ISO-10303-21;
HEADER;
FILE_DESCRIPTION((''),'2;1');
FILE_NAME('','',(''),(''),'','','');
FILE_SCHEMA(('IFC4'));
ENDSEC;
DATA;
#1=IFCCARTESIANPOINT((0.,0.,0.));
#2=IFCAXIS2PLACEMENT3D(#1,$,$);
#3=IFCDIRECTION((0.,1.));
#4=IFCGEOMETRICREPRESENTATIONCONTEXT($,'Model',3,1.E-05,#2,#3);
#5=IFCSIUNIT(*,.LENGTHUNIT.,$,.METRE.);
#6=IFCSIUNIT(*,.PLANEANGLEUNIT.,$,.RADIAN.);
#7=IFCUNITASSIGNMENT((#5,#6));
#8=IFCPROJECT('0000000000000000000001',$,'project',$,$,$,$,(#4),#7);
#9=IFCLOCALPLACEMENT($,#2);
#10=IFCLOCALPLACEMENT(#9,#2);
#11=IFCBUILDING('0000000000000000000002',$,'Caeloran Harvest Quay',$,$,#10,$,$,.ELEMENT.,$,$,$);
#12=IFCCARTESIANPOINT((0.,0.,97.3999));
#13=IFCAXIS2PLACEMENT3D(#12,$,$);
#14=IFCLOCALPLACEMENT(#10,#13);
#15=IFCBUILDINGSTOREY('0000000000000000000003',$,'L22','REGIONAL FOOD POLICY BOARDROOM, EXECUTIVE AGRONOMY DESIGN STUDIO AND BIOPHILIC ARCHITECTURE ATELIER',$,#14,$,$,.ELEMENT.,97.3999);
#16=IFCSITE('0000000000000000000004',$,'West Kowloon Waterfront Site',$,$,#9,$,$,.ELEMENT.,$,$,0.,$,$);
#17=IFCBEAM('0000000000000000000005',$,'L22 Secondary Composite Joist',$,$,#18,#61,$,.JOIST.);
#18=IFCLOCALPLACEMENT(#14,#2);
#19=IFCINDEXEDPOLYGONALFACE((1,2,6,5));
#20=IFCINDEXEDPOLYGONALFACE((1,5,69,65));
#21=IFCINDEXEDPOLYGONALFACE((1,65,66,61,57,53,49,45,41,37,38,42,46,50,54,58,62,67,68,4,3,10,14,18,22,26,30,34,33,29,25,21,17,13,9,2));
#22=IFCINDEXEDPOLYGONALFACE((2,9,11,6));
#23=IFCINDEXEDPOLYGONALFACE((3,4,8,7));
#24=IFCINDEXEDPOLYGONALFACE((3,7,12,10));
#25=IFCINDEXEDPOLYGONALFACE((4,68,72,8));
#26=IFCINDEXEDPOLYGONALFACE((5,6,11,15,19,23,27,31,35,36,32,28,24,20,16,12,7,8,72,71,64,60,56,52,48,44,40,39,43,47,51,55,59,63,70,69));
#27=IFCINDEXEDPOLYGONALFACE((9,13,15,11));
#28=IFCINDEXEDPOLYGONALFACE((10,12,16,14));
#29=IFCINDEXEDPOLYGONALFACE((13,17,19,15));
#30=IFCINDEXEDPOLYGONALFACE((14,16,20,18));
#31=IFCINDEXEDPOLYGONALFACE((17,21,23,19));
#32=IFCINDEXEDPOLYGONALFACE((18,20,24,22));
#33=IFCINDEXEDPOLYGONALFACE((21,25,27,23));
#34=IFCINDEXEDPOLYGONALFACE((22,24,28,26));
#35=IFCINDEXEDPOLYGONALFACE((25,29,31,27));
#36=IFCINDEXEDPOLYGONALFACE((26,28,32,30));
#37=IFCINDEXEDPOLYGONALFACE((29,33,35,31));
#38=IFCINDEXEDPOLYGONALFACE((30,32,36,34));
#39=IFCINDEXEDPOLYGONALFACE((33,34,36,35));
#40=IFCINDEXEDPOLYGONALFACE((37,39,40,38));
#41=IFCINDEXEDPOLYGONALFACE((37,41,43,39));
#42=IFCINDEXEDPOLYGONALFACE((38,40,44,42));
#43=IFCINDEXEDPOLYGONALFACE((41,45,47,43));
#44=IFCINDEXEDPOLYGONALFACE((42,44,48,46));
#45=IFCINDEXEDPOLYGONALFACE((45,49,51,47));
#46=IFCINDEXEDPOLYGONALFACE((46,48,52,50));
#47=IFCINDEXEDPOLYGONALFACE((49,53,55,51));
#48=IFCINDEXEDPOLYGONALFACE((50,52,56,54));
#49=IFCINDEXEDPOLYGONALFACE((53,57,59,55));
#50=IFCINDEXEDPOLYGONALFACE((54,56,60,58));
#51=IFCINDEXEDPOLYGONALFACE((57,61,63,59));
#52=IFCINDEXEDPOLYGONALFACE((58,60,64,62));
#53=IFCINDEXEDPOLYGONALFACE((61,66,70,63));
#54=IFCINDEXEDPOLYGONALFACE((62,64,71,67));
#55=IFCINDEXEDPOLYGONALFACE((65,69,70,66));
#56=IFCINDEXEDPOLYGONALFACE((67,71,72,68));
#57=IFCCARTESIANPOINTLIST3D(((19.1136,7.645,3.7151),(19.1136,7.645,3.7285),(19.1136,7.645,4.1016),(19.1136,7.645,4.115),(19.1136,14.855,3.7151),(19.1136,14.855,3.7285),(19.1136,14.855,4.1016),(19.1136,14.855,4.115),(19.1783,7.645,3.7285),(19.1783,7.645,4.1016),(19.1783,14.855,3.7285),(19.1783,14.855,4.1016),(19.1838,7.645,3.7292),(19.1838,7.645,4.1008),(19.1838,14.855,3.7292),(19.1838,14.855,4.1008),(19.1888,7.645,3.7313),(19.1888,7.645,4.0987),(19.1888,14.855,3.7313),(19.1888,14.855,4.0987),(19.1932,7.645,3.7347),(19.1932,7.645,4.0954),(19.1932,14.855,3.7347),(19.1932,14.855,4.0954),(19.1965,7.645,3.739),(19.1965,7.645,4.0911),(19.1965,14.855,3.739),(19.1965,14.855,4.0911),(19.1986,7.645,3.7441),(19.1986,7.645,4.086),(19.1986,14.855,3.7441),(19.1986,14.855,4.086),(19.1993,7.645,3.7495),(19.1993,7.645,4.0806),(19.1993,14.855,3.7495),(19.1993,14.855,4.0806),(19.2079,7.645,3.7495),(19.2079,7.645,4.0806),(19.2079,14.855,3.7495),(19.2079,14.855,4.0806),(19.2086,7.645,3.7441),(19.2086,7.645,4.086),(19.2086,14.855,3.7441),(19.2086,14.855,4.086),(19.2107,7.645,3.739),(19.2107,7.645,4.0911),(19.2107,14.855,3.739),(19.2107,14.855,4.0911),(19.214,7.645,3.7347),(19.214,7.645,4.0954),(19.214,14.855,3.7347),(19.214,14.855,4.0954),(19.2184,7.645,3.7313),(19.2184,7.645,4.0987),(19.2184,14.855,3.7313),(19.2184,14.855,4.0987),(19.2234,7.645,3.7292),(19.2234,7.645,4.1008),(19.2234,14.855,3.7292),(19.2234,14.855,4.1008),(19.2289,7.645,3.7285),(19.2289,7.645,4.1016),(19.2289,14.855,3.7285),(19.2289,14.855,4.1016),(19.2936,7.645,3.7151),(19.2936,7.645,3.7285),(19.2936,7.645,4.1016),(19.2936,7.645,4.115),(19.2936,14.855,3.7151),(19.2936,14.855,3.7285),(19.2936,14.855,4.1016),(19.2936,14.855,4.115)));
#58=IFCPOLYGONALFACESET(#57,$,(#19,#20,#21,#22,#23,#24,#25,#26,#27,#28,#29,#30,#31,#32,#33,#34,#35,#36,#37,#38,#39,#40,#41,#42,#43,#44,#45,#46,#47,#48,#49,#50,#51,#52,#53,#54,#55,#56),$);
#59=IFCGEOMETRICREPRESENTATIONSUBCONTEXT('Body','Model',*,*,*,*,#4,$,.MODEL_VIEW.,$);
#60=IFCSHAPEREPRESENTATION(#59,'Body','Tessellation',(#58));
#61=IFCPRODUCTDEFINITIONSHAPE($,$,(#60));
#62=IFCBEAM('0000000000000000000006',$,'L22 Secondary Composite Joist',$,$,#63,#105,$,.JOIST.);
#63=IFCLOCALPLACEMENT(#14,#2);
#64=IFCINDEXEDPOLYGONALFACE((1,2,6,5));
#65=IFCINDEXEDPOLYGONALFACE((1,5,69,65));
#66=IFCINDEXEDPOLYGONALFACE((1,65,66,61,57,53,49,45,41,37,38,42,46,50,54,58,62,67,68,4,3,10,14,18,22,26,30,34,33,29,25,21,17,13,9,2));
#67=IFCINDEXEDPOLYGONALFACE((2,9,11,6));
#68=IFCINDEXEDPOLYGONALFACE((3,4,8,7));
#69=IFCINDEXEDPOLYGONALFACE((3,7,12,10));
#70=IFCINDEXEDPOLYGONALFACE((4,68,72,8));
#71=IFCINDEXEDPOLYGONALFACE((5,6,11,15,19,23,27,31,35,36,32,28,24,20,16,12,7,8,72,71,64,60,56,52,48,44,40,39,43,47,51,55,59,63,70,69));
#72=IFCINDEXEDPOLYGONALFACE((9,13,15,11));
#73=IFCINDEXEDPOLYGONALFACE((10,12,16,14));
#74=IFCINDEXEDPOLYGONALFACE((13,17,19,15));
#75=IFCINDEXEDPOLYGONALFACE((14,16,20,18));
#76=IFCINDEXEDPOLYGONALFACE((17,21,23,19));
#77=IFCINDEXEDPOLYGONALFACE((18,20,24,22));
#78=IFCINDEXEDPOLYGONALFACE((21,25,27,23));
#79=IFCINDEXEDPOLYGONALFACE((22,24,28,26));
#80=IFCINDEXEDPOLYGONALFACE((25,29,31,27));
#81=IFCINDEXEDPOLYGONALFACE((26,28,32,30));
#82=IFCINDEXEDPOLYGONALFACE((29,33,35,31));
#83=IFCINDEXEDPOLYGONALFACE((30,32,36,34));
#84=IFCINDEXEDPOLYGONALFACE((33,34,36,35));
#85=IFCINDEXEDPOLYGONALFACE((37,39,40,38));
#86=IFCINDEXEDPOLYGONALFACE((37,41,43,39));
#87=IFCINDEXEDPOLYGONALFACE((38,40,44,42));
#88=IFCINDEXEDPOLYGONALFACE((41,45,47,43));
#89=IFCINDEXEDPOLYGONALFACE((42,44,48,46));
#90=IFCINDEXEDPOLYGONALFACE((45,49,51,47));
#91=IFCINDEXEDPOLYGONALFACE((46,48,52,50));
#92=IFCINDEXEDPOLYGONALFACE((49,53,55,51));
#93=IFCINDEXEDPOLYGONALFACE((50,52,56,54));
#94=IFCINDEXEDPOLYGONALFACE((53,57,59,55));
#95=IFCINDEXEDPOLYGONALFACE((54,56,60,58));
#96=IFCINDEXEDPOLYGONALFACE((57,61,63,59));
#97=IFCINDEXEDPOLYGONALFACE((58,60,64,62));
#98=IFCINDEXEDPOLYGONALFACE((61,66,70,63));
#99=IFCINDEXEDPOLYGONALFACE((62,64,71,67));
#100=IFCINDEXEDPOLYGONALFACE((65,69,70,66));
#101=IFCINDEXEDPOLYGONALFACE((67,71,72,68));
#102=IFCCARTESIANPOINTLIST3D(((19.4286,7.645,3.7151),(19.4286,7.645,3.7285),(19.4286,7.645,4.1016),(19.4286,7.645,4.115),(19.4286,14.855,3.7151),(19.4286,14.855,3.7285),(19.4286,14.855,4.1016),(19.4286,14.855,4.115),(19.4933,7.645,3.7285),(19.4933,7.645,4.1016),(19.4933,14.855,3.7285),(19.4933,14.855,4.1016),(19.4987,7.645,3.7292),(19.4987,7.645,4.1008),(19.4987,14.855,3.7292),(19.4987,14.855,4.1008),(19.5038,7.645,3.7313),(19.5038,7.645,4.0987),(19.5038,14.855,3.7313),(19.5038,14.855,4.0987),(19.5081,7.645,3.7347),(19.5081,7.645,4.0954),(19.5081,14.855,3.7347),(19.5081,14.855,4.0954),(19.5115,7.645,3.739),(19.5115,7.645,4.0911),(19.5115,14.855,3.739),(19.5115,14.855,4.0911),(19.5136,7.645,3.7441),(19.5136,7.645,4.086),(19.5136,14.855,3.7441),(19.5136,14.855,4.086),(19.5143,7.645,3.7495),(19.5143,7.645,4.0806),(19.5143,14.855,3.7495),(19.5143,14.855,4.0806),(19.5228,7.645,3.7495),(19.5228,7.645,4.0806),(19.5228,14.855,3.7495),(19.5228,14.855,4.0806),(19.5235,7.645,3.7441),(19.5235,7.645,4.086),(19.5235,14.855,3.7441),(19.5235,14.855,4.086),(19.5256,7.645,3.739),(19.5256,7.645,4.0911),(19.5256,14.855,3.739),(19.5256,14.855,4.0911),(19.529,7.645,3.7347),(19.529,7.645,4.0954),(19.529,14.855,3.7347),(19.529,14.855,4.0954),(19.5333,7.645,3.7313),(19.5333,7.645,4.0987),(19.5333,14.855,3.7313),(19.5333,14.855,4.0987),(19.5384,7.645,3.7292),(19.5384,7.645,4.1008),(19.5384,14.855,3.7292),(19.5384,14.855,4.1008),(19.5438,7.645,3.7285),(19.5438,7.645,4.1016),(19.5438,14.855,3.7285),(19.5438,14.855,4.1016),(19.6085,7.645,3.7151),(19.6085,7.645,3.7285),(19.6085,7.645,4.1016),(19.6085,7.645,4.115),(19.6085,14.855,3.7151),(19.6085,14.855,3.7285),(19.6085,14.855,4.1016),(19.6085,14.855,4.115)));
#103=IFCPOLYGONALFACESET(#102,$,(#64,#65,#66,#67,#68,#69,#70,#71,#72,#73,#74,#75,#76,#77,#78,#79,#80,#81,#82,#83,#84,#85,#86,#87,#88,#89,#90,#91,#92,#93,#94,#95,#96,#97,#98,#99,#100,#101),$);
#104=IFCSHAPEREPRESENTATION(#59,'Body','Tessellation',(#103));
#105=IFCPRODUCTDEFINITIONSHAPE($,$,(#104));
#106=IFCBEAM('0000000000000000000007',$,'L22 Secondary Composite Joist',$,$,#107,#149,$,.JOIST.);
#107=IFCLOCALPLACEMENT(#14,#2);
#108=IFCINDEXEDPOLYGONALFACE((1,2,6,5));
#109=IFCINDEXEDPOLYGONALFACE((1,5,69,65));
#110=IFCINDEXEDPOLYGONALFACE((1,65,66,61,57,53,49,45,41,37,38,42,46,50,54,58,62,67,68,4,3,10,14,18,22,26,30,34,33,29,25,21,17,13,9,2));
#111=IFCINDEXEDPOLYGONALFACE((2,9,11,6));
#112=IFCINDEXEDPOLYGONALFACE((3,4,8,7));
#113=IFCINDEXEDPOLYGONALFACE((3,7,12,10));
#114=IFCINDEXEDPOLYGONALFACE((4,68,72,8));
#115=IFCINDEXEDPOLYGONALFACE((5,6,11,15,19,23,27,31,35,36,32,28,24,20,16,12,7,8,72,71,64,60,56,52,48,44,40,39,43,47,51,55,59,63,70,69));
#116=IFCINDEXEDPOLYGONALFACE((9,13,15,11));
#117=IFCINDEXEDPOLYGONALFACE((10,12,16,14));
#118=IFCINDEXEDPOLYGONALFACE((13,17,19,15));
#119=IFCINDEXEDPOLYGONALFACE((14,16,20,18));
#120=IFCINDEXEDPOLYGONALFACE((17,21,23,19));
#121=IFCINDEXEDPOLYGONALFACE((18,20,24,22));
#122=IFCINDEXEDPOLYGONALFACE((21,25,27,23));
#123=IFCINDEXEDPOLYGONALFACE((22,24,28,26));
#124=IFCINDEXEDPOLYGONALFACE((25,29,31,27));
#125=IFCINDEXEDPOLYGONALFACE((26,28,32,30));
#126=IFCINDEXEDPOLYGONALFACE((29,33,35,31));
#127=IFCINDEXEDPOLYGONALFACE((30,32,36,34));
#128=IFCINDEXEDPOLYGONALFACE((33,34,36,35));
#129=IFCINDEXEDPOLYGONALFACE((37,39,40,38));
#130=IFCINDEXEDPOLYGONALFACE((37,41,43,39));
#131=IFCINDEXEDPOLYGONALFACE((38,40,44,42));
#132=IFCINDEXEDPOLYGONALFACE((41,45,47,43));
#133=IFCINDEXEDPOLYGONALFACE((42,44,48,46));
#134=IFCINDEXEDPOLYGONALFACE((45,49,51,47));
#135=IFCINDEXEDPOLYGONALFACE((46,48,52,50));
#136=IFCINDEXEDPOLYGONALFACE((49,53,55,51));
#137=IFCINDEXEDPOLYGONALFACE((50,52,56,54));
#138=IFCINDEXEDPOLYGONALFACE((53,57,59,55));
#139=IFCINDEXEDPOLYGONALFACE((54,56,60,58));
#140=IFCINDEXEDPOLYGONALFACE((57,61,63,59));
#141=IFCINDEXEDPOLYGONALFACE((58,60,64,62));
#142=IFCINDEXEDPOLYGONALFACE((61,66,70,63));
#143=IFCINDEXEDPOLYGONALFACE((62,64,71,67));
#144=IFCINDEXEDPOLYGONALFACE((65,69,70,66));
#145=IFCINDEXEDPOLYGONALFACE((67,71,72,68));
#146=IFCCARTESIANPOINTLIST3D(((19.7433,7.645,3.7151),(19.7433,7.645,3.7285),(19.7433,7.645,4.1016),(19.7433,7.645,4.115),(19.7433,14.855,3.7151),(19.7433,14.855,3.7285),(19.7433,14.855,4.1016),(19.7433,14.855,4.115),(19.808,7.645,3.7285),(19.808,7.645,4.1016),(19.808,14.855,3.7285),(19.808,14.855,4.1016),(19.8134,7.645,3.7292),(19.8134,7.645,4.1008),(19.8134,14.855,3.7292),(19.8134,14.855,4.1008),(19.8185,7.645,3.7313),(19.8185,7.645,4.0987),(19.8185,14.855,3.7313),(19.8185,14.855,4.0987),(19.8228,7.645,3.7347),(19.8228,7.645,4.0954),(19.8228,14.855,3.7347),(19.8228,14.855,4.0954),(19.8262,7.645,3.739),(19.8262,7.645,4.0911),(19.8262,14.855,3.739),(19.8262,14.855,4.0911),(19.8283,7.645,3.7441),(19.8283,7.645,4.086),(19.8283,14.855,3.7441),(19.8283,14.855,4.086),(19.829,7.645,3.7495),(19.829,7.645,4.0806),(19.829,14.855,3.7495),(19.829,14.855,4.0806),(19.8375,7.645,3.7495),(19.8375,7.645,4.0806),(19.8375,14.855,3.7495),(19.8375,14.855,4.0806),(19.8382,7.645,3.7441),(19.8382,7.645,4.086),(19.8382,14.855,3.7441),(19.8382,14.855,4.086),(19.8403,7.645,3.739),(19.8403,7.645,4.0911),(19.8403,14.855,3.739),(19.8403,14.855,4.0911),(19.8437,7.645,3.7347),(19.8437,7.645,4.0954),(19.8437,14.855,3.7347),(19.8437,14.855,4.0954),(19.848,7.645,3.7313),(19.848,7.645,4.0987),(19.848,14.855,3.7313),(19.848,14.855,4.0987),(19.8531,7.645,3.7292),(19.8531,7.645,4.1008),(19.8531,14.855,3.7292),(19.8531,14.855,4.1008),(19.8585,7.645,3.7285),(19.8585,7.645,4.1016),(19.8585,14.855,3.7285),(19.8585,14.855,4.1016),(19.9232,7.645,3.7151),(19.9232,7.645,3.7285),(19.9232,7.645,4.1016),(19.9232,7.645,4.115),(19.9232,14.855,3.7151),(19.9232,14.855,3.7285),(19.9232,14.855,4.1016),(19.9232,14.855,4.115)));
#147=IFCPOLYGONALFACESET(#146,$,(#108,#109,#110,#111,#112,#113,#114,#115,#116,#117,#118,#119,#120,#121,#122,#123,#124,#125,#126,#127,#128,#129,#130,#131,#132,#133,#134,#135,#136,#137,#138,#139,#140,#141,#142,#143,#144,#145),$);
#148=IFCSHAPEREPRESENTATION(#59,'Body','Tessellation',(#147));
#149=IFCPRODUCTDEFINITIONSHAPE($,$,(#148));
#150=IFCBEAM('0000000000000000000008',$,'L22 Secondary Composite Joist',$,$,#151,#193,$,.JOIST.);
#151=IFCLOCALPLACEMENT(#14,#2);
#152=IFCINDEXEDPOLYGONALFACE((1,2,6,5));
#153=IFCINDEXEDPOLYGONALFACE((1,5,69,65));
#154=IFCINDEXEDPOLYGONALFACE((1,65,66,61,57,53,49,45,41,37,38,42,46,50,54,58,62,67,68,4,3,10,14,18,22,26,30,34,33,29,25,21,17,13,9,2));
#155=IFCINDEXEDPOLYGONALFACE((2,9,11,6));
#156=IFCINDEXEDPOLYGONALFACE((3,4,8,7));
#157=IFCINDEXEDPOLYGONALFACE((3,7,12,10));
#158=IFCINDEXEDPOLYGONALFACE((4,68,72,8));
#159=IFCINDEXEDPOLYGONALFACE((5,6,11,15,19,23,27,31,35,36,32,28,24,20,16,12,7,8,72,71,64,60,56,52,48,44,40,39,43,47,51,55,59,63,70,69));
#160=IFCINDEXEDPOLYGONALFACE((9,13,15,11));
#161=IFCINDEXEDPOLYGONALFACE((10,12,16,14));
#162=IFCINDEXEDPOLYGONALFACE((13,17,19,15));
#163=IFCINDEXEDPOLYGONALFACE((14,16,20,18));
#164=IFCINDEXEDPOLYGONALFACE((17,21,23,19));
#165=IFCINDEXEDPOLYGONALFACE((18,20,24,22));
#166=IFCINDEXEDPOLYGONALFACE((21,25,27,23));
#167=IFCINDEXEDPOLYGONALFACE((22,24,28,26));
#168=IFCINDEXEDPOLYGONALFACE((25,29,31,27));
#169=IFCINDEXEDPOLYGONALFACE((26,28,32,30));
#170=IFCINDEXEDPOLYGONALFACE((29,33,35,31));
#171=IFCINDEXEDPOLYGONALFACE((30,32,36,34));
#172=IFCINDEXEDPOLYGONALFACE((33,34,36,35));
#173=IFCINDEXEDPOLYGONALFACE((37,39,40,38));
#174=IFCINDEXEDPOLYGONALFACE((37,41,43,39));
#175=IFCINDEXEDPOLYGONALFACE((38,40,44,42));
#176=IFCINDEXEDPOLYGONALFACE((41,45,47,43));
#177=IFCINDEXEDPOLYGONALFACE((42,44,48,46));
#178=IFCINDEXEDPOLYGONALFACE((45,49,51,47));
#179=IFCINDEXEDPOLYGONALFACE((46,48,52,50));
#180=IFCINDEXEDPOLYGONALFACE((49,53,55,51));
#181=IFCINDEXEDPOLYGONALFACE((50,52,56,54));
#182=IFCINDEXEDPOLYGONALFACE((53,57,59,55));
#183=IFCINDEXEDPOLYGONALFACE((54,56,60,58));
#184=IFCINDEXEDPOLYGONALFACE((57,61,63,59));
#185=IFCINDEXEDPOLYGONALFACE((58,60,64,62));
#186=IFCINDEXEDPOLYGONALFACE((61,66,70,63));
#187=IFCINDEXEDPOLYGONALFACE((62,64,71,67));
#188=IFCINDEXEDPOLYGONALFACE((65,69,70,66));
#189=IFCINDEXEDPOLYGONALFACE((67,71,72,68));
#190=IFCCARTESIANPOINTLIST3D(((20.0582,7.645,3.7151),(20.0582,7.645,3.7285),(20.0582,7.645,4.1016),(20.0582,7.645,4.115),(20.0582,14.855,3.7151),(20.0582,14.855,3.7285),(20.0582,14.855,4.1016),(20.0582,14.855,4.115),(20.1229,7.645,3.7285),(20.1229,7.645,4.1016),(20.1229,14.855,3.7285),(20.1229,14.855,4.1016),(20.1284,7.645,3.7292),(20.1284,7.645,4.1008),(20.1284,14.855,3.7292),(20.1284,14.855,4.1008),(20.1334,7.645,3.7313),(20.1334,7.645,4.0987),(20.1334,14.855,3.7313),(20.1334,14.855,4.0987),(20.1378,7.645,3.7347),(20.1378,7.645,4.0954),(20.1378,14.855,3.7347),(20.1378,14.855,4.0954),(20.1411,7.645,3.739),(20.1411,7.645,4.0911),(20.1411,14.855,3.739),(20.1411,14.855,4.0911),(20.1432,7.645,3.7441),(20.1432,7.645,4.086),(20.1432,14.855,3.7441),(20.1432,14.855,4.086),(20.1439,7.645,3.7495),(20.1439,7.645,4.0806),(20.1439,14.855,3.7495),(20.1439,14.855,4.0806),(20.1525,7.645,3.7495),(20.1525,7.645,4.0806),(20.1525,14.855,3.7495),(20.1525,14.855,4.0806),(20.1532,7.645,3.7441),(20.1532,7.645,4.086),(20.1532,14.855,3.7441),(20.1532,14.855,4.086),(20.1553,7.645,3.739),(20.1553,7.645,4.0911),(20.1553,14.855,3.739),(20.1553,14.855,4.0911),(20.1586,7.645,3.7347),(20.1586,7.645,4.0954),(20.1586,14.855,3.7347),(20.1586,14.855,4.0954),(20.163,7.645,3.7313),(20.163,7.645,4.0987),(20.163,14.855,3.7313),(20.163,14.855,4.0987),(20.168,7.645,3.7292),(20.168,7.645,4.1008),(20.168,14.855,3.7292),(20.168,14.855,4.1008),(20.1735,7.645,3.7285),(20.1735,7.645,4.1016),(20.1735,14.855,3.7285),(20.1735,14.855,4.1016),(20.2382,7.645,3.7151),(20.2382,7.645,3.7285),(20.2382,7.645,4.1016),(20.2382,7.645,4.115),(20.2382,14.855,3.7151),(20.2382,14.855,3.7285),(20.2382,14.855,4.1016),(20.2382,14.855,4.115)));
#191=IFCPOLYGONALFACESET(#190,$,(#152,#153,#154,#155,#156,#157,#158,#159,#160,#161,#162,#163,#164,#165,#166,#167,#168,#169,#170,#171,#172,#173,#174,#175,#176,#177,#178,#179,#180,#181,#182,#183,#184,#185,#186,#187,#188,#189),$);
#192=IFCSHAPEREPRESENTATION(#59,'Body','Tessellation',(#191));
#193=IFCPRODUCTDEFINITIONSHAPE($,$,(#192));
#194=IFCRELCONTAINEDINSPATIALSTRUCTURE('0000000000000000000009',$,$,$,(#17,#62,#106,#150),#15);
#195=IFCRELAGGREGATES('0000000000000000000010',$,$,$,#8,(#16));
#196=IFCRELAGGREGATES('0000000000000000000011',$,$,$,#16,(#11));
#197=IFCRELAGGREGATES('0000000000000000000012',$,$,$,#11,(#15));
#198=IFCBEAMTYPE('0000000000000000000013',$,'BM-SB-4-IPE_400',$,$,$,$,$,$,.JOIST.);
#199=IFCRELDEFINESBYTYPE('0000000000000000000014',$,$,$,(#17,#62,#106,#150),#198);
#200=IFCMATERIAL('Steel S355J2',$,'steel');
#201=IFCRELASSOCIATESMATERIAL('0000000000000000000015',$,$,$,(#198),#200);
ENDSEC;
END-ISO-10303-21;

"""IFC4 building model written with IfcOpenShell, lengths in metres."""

from ifc_helpers import new_model, si_unit, direction, frame, origin, origin_2d, place, context, subcontext, project, spatial, i_section, extrude, material, material_profile, profile_set, type_object, element, save


model = new_model("IFC4")

# Units and contexts
model_context = context("Model", 3, precision=1e-05, world=origin(), true_north=direction((0.0, 1.0)))
body_context = subcontext(model_context, "Body", "Model", "MODEL_VIEW")
ifc_project = project(units=[si_unit("LENGTHUNIT", "METRE"), si_unit("PLANEANGLEUNIT", "RADIAN")], contexts=[model_context])

# Site, building, storey
site_placement = place(None, origin())
site = spatial("IfcSite", under=ifc_project, at=site_placement, Name="West Kowloon Waterfront Site", CompositionType="ELEMENT", RefElevation=0.0)
building_placement = place(site_placement, origin())
building = spatial("IfcBuilding", under=site, at=building_placement, Name="Caeloran Harvest Quay", CompositionType="ELEMENT")
storey_placement = place(building_placement, frame((0.0, 0.0, 97.3999)))
storey = spatial("IfcBuildingStorey", under=building, at=storey_placement, Name="L22", Description="REGIONAL FOOD POLICY BOARDROOM, EXECUTIVE AGRONOMY DESIGN STUDIO AND BIOPHILIC ARCHITECTURE ATELIER", CompositionType="ELEMENT", Elevation=97.3999)

# Beams
ifc_material = material(Name="Steel S355J2", Category="steel")
ifc_material_profile_1 = material_profile(ifc_material, i_section(OverallWidth=0.1799, OverallDepth=0.3999, WebThickness=0.0085, FlangeThickness=0.0134, FilletRadius=0.021, at=origin_2d()), Name="IPE 400")
ifc_profile_set_1 = profile_set([ifc_material_profile_1], Name="Steel S355J2")
beam_type_1 = type_object("IfcBeamType", Name="BM-SB-4-IPE_400", PredefinedType="JOIST", material=ifc_profile_set_1)
for number, where, z_axis, x_axis, name in (
    (1, (19.2036, 7.645, 3.915), (0.0, 1.0, 0.0), (-1.0, 0.0, 0.0), "L22 Secondary Composite Joist"),
    (2, (19.5186, 7.645, 3.915), (0.0, 1.0, 0.0), (-1.0, 0.0, 0.0), "L22 Secondary Composite Joist"),
    (3, (19.8333, 7.645, 3.915), (0.0, 1.0, 0.0), (-1.0, 0.0, 0.0), "L22 Secondary Composite Joist"),
    (4, (20.1482, 7.645, 3.915), (0.0, 1.0, 0.0), (-1.0, 0.0, 0.0), "L22 Secondary Composite Joist"),
):
    element("IfcBeam", number, at=place(storey_placement, frame(where, z_axis=z_axis, x_axis=x_axis)), inside=storey, type_object=beam_type_1, Name=name, PredefinedType="JOIST", context=body_context, shape_type="SweptSolid", body=[
        extrude(i_section(OverallWidth=0.1799, OverallDepth=0.3999, WebThickness=0.0085, FlangeThickness=0.0134, FilletRadius=0.021, at=origin_2d()), origin(), (0.0, 0.0, 1.0), 7.21),
    ])

save(model, "model.ifc")
